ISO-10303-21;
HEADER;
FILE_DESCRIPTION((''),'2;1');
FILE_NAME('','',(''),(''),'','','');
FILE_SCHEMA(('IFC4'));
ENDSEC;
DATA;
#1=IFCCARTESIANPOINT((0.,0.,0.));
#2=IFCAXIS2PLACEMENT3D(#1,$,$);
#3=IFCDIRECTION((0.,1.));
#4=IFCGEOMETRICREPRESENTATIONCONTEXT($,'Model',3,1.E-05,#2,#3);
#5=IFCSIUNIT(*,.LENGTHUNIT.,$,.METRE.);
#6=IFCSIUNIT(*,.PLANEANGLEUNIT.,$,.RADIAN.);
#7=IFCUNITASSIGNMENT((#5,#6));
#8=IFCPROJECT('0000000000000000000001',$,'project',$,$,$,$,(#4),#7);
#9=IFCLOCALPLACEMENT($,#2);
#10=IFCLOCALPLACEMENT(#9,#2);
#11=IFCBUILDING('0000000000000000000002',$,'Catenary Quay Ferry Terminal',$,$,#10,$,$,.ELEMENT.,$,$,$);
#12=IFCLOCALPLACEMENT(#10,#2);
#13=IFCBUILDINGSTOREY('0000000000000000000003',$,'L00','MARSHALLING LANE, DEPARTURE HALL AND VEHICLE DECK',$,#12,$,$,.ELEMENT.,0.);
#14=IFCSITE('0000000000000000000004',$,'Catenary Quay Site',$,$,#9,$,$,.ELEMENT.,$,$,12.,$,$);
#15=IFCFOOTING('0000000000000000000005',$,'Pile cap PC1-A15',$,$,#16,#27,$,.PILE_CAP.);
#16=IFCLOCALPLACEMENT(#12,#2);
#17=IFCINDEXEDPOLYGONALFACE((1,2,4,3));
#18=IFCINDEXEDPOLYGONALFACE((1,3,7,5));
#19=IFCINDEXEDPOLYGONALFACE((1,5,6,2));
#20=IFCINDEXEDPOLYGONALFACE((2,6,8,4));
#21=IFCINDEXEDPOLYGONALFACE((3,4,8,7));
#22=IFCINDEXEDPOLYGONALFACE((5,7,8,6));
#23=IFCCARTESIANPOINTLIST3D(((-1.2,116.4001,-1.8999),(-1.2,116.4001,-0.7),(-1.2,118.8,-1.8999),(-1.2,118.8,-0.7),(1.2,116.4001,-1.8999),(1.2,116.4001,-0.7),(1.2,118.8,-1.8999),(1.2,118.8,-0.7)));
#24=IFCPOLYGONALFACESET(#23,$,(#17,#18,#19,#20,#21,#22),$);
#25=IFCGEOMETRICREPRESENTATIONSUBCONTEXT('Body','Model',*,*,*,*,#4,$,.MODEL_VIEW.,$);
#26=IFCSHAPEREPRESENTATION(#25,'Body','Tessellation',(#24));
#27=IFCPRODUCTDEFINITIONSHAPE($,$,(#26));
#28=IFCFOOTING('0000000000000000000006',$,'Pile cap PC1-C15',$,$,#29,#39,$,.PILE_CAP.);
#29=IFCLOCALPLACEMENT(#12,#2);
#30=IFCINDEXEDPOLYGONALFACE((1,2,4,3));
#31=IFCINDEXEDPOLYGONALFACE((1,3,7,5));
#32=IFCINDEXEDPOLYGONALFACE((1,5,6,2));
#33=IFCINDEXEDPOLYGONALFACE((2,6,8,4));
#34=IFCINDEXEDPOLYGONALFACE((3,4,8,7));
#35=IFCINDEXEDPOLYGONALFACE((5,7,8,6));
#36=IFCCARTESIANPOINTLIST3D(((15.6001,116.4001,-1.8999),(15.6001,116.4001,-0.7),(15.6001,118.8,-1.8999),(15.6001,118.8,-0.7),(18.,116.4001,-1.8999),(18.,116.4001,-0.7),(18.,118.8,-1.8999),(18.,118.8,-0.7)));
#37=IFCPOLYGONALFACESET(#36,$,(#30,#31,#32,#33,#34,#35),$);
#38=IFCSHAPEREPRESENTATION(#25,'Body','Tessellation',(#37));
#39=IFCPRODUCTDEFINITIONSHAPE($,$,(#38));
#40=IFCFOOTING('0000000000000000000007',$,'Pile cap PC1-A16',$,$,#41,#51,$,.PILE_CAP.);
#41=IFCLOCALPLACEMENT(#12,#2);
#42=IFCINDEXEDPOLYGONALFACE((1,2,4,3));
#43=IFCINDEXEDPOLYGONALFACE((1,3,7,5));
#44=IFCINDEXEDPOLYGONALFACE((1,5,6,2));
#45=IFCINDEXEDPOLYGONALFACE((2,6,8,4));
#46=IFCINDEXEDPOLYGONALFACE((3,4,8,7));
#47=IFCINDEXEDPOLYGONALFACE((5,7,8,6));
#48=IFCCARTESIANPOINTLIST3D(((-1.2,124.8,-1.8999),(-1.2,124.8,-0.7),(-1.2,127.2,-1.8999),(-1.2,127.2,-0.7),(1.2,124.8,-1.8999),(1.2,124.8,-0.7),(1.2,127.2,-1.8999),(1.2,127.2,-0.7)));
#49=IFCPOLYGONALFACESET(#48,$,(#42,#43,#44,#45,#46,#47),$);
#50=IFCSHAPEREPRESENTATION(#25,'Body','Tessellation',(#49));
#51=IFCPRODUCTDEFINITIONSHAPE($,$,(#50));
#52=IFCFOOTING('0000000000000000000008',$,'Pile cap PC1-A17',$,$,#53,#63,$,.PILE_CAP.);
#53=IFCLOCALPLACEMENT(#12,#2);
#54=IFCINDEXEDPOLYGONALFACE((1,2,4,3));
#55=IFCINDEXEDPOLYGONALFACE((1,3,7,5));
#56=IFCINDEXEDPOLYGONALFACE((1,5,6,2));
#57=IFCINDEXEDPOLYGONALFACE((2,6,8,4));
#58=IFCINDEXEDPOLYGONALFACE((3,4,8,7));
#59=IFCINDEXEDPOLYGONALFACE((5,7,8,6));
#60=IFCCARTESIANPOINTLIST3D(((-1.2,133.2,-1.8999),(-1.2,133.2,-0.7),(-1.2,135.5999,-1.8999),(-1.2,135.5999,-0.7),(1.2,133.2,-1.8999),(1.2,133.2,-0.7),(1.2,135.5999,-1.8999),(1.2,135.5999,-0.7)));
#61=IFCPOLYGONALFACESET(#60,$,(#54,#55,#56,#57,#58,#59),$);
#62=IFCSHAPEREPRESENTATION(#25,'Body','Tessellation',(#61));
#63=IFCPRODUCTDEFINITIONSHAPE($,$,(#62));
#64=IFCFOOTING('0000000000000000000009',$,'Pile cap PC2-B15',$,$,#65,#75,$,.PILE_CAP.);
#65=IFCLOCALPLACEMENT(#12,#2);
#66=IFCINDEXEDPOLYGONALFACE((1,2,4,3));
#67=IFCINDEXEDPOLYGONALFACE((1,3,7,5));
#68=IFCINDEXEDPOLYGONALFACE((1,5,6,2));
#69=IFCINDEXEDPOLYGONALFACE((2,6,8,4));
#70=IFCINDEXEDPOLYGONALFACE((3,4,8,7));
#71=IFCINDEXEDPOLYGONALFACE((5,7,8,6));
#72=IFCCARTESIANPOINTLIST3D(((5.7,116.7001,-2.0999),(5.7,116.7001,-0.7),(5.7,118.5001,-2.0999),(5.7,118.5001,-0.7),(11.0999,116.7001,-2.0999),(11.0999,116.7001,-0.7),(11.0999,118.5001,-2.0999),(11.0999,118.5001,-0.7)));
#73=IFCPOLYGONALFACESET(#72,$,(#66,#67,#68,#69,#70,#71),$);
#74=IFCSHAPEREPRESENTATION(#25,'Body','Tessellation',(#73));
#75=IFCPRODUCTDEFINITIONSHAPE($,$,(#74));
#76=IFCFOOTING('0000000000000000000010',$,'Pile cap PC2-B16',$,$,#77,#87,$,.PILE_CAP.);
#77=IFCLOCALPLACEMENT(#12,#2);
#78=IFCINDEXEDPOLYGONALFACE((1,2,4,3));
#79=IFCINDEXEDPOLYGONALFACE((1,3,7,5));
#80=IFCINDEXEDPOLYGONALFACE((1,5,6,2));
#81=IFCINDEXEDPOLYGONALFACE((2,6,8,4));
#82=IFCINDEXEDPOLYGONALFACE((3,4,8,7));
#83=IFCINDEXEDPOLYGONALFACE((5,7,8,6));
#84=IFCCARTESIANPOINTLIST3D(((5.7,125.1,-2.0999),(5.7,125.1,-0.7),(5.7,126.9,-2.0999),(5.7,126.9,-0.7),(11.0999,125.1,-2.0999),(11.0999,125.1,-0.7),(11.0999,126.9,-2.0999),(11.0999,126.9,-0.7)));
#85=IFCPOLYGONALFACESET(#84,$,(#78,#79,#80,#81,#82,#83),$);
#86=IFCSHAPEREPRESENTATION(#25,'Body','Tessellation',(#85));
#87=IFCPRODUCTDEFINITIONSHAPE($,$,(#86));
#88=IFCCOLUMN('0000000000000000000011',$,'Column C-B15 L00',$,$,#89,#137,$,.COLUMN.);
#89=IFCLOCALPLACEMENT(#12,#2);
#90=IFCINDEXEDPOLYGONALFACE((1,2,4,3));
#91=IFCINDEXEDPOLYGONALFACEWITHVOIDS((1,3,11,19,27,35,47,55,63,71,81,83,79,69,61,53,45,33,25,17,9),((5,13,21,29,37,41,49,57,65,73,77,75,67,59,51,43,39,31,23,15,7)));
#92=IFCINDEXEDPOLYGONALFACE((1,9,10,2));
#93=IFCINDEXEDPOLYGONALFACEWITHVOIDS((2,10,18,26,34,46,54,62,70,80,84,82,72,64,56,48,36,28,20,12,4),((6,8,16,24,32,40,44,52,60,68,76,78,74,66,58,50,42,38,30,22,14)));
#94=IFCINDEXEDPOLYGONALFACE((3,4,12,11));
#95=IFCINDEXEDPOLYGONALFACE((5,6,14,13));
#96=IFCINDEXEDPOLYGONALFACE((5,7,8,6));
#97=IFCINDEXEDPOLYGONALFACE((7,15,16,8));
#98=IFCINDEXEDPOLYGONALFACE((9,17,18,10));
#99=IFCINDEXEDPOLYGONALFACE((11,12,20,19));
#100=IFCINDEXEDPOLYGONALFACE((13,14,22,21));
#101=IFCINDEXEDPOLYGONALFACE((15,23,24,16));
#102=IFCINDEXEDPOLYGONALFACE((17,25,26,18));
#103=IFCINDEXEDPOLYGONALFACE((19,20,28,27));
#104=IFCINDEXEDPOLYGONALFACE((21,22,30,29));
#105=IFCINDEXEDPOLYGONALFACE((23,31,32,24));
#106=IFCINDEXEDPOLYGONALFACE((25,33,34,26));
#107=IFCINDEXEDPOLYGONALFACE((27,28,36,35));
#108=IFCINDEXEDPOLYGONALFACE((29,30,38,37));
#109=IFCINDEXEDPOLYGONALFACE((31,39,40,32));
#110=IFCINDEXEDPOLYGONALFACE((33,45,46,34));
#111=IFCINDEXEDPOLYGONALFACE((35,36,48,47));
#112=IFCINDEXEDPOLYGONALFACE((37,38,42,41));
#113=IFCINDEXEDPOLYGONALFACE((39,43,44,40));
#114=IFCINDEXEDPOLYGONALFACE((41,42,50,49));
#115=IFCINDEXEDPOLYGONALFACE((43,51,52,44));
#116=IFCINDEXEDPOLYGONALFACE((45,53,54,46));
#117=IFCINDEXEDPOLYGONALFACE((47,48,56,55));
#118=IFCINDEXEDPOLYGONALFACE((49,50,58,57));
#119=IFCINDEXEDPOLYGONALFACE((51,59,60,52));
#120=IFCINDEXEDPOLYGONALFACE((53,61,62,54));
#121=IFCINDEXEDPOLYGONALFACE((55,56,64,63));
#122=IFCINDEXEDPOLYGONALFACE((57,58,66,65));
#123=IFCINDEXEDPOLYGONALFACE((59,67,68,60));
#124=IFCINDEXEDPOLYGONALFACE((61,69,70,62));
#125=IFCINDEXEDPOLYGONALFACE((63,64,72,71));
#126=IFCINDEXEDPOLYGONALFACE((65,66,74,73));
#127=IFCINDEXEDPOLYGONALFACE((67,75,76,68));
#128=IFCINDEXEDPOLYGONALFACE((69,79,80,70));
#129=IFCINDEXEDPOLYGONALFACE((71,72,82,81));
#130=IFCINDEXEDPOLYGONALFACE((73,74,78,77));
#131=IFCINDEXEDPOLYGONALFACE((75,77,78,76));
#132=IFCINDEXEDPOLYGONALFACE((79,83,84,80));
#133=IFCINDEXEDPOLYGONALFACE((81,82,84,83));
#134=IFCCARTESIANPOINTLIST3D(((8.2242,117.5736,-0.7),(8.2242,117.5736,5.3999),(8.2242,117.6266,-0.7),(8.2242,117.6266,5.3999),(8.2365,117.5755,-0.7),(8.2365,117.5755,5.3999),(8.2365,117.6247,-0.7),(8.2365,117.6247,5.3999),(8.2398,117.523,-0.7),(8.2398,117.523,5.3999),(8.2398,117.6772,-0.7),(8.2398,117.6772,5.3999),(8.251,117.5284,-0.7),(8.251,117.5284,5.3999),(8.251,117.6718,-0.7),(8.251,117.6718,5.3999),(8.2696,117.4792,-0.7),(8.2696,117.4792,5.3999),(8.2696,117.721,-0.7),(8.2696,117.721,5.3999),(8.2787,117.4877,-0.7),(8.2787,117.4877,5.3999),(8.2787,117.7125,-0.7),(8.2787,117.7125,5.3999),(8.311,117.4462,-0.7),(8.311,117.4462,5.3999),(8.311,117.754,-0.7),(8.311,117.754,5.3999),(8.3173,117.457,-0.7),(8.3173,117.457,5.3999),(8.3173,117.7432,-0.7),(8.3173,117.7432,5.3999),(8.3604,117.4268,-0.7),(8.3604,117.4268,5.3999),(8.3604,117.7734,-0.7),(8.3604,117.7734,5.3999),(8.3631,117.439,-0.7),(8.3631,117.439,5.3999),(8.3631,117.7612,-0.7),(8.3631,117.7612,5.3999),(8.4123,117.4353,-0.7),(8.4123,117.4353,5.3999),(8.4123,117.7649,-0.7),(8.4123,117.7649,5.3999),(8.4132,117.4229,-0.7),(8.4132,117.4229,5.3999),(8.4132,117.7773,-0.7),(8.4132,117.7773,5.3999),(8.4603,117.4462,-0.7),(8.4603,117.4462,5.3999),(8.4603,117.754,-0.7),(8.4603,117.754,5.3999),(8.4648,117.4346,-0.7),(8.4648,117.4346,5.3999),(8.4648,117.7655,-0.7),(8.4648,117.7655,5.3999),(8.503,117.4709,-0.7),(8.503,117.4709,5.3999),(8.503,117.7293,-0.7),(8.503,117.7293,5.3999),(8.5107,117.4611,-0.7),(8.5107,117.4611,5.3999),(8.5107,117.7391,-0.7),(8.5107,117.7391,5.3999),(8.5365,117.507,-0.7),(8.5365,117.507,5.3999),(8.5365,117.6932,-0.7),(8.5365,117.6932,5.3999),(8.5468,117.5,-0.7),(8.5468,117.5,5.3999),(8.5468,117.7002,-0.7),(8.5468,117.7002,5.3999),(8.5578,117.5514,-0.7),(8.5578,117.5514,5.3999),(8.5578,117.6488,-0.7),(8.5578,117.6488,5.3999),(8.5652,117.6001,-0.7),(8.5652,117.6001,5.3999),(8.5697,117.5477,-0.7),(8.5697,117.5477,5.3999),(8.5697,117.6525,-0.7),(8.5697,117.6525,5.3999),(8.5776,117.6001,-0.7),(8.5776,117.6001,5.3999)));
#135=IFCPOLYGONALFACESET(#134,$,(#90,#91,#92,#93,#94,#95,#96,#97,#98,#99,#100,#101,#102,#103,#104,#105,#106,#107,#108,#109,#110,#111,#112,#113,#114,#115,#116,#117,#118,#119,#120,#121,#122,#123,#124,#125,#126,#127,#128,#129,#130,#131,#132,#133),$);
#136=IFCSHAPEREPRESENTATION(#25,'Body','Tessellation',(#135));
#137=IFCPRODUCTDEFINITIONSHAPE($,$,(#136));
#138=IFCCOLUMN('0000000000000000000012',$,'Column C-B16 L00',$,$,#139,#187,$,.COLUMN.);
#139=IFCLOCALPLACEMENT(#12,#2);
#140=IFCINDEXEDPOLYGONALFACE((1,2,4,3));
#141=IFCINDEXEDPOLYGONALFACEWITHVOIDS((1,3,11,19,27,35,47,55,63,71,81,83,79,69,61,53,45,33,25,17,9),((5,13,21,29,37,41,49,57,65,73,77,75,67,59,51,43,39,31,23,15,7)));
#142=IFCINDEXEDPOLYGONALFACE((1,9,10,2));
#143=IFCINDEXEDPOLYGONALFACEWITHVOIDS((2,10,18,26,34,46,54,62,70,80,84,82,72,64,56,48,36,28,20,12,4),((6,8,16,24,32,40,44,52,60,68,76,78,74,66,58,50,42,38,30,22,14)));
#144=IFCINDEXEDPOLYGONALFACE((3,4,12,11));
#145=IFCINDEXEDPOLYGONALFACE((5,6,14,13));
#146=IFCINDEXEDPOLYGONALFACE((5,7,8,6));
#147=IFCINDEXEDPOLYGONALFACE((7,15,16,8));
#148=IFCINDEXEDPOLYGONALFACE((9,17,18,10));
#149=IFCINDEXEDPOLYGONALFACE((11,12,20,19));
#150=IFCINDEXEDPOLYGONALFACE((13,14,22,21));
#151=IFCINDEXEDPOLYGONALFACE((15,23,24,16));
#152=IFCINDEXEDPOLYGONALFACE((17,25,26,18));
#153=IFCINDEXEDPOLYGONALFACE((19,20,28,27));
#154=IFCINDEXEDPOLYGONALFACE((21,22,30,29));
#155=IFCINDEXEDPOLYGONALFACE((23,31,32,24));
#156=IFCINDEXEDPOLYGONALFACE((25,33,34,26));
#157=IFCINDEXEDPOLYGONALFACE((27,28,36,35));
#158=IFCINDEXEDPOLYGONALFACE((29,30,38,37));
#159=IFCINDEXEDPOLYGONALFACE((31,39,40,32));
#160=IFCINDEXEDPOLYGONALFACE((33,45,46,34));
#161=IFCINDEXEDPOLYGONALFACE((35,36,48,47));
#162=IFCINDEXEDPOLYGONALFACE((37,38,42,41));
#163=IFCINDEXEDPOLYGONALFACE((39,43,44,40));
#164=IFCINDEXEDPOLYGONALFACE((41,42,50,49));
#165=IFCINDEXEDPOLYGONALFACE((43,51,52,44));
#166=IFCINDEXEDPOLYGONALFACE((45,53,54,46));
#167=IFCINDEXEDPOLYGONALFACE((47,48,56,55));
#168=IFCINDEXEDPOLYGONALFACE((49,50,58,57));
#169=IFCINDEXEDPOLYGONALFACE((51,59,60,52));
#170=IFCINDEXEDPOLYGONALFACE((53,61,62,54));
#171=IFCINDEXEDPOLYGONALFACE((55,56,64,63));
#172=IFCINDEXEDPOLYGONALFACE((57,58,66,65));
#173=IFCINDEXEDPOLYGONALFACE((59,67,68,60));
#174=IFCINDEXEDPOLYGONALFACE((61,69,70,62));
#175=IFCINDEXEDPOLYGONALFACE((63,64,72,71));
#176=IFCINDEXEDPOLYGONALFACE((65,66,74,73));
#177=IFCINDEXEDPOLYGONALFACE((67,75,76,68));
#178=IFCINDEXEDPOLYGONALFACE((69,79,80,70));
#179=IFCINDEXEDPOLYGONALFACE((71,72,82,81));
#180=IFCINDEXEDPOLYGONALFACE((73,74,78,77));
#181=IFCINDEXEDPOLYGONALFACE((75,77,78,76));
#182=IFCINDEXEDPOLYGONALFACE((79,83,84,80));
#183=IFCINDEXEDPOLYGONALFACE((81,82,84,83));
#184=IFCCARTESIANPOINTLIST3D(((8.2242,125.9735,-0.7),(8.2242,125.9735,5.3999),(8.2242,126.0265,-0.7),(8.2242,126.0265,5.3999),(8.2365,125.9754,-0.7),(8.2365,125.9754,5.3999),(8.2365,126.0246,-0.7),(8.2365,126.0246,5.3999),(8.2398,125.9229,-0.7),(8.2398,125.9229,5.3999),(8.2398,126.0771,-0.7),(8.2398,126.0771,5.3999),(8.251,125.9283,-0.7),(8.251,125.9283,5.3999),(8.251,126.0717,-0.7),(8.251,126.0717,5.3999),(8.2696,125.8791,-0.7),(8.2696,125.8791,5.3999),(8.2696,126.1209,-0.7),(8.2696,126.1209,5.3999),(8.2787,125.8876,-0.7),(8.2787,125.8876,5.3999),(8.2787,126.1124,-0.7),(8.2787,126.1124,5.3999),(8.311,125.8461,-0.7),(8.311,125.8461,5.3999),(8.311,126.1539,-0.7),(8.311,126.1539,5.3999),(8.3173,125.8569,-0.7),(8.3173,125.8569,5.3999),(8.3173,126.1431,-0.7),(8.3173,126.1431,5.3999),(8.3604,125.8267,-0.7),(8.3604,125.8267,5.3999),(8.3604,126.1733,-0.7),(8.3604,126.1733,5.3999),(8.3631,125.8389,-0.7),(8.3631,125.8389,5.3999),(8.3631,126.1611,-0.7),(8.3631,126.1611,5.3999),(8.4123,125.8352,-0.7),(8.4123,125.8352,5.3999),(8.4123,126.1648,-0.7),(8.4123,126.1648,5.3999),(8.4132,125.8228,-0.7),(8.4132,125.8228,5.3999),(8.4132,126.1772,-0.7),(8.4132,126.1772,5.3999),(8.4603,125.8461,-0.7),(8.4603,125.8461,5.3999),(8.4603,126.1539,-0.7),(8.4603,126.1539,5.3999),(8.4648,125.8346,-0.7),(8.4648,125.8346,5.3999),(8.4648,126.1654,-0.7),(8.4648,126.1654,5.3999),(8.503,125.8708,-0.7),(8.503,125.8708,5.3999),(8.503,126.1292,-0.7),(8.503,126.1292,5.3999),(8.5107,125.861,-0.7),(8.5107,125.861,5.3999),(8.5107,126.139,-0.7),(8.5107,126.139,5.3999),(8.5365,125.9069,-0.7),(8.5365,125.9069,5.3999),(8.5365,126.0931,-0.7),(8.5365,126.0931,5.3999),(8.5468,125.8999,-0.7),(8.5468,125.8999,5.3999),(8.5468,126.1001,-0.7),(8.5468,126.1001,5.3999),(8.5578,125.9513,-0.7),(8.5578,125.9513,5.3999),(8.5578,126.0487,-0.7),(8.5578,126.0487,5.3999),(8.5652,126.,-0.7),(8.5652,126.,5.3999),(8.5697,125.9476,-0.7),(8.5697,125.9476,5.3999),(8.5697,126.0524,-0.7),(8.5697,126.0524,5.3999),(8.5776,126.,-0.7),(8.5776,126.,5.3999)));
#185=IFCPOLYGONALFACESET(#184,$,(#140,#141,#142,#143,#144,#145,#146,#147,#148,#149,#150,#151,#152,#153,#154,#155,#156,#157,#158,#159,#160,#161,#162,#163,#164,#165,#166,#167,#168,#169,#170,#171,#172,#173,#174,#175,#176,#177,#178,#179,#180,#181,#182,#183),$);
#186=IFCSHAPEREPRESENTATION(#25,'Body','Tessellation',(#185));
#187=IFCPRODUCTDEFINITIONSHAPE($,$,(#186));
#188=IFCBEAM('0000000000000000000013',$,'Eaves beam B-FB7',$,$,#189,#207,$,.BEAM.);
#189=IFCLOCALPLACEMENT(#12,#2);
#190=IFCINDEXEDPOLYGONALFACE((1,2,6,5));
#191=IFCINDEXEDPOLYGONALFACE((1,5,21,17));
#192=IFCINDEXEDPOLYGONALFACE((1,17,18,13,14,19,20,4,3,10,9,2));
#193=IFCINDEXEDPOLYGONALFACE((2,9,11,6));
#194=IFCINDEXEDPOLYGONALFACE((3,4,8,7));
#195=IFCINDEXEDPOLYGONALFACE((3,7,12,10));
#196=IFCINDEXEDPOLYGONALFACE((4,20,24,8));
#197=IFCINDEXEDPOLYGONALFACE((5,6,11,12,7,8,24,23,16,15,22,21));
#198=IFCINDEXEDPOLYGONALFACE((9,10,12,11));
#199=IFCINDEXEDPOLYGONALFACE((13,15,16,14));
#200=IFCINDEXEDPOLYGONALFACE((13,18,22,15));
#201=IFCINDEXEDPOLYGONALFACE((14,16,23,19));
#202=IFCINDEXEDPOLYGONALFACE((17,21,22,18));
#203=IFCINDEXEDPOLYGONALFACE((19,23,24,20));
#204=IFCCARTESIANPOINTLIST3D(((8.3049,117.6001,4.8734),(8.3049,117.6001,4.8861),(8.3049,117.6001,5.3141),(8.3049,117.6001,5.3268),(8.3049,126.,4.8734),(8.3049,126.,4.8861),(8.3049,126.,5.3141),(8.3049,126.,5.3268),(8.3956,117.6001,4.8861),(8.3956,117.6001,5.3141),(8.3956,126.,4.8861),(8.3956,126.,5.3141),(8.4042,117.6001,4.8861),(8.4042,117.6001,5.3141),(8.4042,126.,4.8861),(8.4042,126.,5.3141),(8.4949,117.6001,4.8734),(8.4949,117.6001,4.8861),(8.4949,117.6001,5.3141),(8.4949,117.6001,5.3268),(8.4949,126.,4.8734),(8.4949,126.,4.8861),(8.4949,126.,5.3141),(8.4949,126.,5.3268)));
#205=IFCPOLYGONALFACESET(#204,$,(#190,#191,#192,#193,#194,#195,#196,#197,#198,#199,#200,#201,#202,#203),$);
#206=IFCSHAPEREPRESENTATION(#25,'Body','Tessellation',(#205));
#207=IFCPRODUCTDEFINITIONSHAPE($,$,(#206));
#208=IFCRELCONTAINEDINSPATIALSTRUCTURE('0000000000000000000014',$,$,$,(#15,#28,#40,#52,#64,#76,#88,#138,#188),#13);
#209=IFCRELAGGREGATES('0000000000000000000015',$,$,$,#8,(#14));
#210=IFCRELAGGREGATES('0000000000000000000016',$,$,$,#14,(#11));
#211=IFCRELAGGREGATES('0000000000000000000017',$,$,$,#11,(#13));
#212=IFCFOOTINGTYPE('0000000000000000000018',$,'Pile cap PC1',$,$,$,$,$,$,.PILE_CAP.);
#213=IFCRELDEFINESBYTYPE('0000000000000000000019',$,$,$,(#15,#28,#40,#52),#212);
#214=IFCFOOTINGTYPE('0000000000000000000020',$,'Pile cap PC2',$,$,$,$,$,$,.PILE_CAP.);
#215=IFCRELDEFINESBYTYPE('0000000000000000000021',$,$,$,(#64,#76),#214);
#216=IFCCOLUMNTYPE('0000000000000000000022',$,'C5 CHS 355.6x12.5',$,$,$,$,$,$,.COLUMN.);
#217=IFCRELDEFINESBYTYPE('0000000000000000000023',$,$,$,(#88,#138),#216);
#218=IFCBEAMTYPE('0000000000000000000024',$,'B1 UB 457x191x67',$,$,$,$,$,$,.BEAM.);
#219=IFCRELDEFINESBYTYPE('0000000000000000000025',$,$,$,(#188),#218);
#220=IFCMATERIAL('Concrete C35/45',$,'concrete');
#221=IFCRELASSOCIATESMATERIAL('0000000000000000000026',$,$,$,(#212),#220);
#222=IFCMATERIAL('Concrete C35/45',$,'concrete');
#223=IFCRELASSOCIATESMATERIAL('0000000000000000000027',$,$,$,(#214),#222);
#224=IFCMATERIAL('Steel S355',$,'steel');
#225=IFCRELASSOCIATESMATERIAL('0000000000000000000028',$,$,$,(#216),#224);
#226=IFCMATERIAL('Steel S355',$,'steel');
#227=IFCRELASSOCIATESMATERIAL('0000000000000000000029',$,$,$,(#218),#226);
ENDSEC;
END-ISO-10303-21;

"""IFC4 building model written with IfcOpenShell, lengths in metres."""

from ifc_helpers import new_model, si_unit, direction, frame, origin, origin_2d, place, context, subcontext, project, spatial, rectangle, hollow_circle, i_section, extrude, material, material_profile, profile_set, type_object, element, save


model = new_model("IFC4")

# Units and contexts
model_context = context("Model", 3, precision=1e-05, world=origin(), true_north=direction((0.0, 1.0)))
body_context = subcontext(model_context, "Body", "Model", "MODEL_VIEW")
ifc_project = project(units=[si_unit("LENGTHUNIT", "METRE"), si_unit("PLANEANGLEUNIT", "RADIAN")], contexts=[model_context])

# Site, building, storey
site_placement = place(None, origin())
site = spatial("IfcSite", under=ifc_project, at=site_placement, Name="Catenary Quay Site", CompositionType="ELEMENT", RefElevation=12.0)
building_placement = place(site_placement, origin())
building = spatial("IfcBuilding", under=site, at=building_placement, Name="Catenary Quay Ferry Terminal", CompositionType="ELEMENT")
storey_placement = place(building_placement, origin())
storey = spatial("IfcBuildingStorey", under=building, at=storey_placement, Name="L00", Description="MARSHALLING LANE, DEPARTURE HALL AND VEHICLE DECK", CompositionType="ELEMENT", Elevation=0.0)

# Footings
ifc_material_1 = material(Name="Concrete C35/45", Category="concrete")
footing_type_1 = type_object("IfcFootingType", Name="Pile cap PC1", PredefinedType="PILE_CAP", material=ifc_material_1)
for number, where, z_axis, x_axis, name in (
    (1, (0.0, 117.6001, -1.8999), (0.0, 0.0, 1.0), (1.0, 0.0, 0.0), "Pile cap PC1-A15"),
    (2, (16.8, 117.6001, -1.8999), (0.0, 0.0, 1.0), (1.0, 0.0, 0.0), "Pile cap PC1-C15"),
    (3, (0.0, 126.0, -1.8999), (0.0, 0.0, 1.0), (1.0, 0.0, 0.0), "Pile cap PC1-A16"),
    (4, (0.0, 134.3999, -1.8999), (0.0, 0.0, 1.0), (1.0, 0.0, 0.0), "Pile cap PC1-A17"),
):
    element("IfcFooting", number, at=place(storey_placement, frame(where, z_axis=z_axis, x_axis=x_axis)), inside=storey, type_object=footing_type_1, Name=name, PredefinedType="PILE_CAP", context=body_context, shape_type="SweptSolid", body=[
        extrude(rectangle(XDim=2.3999, YDim=2.3999, at=origin_2d()), origin(), (0.0, 0.0, 1.0), 1.2),
    ])
ifc_material_2 = material(Name="Concrete C35/45", Category="concrete")
footing_type_2 = type_object("IfcFootingType", Name="Pile cap PC2", PredefinedType="PILE_CAP", material=ifc_material_2)
for number, where, z_axis, x_axis, name in (
    (5, (8.3999, 117.6001, -2.0999), (0.0, 0.0, 1.0), (1.0, 0.0, 0.0), "Pile cap PC2-B15"),
    (6, (8.3999, 126.0, -2.0999), (0.0, 0.0, 1.0), (1.0, 0.0, 0.0), "Pile cap PC2-B16"),
):
    element("IfcFooting", number, at=place(storey_placement, frame(where, z_axis=z_axis, x_axis=x_axis)), inside=storey, type_object=footing_type_2, Name=name, PredefinedType="PILE_CAP", context=body_context, shape_type="SweptSolid", body=[
        extrude(rectangle(XDim=5.3999, YDim=1.8, at=origin_2d()), origin(), (0.0, 0.0, 1.0), 1.3999),
    ])

# Columns
ifc_material_3 = material(Name="Steel S355", Category="steel")
ifc_material_profile_1 = material_profile(ifc_material_3, hollow_circle(Radius=0.1777, WallThickness=0.0125, at=origin_2d()), Name="CHS 355.6x12.5")
ifc_profile_set_1 = profile_set([ifc_material_profile_1], Name="Steel S355")
column_type = type_object("IfcColumnType", Name="C5 CHS 355.6x12.5", PredefinedType="COLUMN", material=ifc_profile_set_1)
for number, where, z_axis, x_axis, name in (
    (7, (8.3999, 117.6001, -0.7), (0.0, 0.0, 1.0), (1.0, 0.0, 0.0), "Column C-B15 L00"),
    (8, (8.3999, 126.0, -0.7), (0.0, 0.0, 1.0), (1.0, 0.0, 0.0), "Column C-B16 L00"),
):
    element("IfcColumn", number, at=place(storey_placement, frame(where, z_axis=z_axis, x_axis=x_axis)), inside=storey, type_object=column_type, Name=name, PredefinedType="COLUMN", context=body_context, shape_type="SweptSolid", body=[
        extrude(hollow_circle(Radius=0.1777, WallThickness=0.0125, at=origin_2d()), origin(), (0.0, 0.0, 1.0), 6.0999),
    ])

# Beam
ifc_material_4 = material(Name="Steel S355", Category="steel")
ifc_material_profile_2 = material_profile(ifc_material_4, i_section(OverallWidth=0.1899, OverallDepth=0.4534, WebThickness=0.0085, FlangeThickness=0.0127, at=origin_2d()), Name="UB 457x191x67")
ifc_profile_set_2 = profile_set([ifc_material_profile_2], Name="Steel S355")
beam_type_1 = type_object("IfcBeamType", Name="B1 UB 457x191x67", PredefinedType="BEAM", material=ifc_profile_set_2)
for number, where, z_axis, x_axis, name in (
    (9, (8.3999, 117.6001, 5.1001), (0.0, 1.0, 0.0), (-1.0, 0.0, 0.0), "Eaves beam B-FB7"),
):
    element("IfcBeam", number, at=place(storey_placement, frame(where, z_axis=z_axis, x_axis=x_axis)), inside=storey, type_object=beam_type_1, Name=name, PredefinedType="BEAM", context=body_context, shape_type="SweptSolid", body=[
        extrude(i_section(OverallWidth=0.1899, OverallDepth=0.4534, WebThickness=0.0085, FlangeThickness=0.0127, at=origin_2d()), origin(), (0.0, 0.0, 1.0), 8.3999),
    ])

save(model, "model.ifc")
